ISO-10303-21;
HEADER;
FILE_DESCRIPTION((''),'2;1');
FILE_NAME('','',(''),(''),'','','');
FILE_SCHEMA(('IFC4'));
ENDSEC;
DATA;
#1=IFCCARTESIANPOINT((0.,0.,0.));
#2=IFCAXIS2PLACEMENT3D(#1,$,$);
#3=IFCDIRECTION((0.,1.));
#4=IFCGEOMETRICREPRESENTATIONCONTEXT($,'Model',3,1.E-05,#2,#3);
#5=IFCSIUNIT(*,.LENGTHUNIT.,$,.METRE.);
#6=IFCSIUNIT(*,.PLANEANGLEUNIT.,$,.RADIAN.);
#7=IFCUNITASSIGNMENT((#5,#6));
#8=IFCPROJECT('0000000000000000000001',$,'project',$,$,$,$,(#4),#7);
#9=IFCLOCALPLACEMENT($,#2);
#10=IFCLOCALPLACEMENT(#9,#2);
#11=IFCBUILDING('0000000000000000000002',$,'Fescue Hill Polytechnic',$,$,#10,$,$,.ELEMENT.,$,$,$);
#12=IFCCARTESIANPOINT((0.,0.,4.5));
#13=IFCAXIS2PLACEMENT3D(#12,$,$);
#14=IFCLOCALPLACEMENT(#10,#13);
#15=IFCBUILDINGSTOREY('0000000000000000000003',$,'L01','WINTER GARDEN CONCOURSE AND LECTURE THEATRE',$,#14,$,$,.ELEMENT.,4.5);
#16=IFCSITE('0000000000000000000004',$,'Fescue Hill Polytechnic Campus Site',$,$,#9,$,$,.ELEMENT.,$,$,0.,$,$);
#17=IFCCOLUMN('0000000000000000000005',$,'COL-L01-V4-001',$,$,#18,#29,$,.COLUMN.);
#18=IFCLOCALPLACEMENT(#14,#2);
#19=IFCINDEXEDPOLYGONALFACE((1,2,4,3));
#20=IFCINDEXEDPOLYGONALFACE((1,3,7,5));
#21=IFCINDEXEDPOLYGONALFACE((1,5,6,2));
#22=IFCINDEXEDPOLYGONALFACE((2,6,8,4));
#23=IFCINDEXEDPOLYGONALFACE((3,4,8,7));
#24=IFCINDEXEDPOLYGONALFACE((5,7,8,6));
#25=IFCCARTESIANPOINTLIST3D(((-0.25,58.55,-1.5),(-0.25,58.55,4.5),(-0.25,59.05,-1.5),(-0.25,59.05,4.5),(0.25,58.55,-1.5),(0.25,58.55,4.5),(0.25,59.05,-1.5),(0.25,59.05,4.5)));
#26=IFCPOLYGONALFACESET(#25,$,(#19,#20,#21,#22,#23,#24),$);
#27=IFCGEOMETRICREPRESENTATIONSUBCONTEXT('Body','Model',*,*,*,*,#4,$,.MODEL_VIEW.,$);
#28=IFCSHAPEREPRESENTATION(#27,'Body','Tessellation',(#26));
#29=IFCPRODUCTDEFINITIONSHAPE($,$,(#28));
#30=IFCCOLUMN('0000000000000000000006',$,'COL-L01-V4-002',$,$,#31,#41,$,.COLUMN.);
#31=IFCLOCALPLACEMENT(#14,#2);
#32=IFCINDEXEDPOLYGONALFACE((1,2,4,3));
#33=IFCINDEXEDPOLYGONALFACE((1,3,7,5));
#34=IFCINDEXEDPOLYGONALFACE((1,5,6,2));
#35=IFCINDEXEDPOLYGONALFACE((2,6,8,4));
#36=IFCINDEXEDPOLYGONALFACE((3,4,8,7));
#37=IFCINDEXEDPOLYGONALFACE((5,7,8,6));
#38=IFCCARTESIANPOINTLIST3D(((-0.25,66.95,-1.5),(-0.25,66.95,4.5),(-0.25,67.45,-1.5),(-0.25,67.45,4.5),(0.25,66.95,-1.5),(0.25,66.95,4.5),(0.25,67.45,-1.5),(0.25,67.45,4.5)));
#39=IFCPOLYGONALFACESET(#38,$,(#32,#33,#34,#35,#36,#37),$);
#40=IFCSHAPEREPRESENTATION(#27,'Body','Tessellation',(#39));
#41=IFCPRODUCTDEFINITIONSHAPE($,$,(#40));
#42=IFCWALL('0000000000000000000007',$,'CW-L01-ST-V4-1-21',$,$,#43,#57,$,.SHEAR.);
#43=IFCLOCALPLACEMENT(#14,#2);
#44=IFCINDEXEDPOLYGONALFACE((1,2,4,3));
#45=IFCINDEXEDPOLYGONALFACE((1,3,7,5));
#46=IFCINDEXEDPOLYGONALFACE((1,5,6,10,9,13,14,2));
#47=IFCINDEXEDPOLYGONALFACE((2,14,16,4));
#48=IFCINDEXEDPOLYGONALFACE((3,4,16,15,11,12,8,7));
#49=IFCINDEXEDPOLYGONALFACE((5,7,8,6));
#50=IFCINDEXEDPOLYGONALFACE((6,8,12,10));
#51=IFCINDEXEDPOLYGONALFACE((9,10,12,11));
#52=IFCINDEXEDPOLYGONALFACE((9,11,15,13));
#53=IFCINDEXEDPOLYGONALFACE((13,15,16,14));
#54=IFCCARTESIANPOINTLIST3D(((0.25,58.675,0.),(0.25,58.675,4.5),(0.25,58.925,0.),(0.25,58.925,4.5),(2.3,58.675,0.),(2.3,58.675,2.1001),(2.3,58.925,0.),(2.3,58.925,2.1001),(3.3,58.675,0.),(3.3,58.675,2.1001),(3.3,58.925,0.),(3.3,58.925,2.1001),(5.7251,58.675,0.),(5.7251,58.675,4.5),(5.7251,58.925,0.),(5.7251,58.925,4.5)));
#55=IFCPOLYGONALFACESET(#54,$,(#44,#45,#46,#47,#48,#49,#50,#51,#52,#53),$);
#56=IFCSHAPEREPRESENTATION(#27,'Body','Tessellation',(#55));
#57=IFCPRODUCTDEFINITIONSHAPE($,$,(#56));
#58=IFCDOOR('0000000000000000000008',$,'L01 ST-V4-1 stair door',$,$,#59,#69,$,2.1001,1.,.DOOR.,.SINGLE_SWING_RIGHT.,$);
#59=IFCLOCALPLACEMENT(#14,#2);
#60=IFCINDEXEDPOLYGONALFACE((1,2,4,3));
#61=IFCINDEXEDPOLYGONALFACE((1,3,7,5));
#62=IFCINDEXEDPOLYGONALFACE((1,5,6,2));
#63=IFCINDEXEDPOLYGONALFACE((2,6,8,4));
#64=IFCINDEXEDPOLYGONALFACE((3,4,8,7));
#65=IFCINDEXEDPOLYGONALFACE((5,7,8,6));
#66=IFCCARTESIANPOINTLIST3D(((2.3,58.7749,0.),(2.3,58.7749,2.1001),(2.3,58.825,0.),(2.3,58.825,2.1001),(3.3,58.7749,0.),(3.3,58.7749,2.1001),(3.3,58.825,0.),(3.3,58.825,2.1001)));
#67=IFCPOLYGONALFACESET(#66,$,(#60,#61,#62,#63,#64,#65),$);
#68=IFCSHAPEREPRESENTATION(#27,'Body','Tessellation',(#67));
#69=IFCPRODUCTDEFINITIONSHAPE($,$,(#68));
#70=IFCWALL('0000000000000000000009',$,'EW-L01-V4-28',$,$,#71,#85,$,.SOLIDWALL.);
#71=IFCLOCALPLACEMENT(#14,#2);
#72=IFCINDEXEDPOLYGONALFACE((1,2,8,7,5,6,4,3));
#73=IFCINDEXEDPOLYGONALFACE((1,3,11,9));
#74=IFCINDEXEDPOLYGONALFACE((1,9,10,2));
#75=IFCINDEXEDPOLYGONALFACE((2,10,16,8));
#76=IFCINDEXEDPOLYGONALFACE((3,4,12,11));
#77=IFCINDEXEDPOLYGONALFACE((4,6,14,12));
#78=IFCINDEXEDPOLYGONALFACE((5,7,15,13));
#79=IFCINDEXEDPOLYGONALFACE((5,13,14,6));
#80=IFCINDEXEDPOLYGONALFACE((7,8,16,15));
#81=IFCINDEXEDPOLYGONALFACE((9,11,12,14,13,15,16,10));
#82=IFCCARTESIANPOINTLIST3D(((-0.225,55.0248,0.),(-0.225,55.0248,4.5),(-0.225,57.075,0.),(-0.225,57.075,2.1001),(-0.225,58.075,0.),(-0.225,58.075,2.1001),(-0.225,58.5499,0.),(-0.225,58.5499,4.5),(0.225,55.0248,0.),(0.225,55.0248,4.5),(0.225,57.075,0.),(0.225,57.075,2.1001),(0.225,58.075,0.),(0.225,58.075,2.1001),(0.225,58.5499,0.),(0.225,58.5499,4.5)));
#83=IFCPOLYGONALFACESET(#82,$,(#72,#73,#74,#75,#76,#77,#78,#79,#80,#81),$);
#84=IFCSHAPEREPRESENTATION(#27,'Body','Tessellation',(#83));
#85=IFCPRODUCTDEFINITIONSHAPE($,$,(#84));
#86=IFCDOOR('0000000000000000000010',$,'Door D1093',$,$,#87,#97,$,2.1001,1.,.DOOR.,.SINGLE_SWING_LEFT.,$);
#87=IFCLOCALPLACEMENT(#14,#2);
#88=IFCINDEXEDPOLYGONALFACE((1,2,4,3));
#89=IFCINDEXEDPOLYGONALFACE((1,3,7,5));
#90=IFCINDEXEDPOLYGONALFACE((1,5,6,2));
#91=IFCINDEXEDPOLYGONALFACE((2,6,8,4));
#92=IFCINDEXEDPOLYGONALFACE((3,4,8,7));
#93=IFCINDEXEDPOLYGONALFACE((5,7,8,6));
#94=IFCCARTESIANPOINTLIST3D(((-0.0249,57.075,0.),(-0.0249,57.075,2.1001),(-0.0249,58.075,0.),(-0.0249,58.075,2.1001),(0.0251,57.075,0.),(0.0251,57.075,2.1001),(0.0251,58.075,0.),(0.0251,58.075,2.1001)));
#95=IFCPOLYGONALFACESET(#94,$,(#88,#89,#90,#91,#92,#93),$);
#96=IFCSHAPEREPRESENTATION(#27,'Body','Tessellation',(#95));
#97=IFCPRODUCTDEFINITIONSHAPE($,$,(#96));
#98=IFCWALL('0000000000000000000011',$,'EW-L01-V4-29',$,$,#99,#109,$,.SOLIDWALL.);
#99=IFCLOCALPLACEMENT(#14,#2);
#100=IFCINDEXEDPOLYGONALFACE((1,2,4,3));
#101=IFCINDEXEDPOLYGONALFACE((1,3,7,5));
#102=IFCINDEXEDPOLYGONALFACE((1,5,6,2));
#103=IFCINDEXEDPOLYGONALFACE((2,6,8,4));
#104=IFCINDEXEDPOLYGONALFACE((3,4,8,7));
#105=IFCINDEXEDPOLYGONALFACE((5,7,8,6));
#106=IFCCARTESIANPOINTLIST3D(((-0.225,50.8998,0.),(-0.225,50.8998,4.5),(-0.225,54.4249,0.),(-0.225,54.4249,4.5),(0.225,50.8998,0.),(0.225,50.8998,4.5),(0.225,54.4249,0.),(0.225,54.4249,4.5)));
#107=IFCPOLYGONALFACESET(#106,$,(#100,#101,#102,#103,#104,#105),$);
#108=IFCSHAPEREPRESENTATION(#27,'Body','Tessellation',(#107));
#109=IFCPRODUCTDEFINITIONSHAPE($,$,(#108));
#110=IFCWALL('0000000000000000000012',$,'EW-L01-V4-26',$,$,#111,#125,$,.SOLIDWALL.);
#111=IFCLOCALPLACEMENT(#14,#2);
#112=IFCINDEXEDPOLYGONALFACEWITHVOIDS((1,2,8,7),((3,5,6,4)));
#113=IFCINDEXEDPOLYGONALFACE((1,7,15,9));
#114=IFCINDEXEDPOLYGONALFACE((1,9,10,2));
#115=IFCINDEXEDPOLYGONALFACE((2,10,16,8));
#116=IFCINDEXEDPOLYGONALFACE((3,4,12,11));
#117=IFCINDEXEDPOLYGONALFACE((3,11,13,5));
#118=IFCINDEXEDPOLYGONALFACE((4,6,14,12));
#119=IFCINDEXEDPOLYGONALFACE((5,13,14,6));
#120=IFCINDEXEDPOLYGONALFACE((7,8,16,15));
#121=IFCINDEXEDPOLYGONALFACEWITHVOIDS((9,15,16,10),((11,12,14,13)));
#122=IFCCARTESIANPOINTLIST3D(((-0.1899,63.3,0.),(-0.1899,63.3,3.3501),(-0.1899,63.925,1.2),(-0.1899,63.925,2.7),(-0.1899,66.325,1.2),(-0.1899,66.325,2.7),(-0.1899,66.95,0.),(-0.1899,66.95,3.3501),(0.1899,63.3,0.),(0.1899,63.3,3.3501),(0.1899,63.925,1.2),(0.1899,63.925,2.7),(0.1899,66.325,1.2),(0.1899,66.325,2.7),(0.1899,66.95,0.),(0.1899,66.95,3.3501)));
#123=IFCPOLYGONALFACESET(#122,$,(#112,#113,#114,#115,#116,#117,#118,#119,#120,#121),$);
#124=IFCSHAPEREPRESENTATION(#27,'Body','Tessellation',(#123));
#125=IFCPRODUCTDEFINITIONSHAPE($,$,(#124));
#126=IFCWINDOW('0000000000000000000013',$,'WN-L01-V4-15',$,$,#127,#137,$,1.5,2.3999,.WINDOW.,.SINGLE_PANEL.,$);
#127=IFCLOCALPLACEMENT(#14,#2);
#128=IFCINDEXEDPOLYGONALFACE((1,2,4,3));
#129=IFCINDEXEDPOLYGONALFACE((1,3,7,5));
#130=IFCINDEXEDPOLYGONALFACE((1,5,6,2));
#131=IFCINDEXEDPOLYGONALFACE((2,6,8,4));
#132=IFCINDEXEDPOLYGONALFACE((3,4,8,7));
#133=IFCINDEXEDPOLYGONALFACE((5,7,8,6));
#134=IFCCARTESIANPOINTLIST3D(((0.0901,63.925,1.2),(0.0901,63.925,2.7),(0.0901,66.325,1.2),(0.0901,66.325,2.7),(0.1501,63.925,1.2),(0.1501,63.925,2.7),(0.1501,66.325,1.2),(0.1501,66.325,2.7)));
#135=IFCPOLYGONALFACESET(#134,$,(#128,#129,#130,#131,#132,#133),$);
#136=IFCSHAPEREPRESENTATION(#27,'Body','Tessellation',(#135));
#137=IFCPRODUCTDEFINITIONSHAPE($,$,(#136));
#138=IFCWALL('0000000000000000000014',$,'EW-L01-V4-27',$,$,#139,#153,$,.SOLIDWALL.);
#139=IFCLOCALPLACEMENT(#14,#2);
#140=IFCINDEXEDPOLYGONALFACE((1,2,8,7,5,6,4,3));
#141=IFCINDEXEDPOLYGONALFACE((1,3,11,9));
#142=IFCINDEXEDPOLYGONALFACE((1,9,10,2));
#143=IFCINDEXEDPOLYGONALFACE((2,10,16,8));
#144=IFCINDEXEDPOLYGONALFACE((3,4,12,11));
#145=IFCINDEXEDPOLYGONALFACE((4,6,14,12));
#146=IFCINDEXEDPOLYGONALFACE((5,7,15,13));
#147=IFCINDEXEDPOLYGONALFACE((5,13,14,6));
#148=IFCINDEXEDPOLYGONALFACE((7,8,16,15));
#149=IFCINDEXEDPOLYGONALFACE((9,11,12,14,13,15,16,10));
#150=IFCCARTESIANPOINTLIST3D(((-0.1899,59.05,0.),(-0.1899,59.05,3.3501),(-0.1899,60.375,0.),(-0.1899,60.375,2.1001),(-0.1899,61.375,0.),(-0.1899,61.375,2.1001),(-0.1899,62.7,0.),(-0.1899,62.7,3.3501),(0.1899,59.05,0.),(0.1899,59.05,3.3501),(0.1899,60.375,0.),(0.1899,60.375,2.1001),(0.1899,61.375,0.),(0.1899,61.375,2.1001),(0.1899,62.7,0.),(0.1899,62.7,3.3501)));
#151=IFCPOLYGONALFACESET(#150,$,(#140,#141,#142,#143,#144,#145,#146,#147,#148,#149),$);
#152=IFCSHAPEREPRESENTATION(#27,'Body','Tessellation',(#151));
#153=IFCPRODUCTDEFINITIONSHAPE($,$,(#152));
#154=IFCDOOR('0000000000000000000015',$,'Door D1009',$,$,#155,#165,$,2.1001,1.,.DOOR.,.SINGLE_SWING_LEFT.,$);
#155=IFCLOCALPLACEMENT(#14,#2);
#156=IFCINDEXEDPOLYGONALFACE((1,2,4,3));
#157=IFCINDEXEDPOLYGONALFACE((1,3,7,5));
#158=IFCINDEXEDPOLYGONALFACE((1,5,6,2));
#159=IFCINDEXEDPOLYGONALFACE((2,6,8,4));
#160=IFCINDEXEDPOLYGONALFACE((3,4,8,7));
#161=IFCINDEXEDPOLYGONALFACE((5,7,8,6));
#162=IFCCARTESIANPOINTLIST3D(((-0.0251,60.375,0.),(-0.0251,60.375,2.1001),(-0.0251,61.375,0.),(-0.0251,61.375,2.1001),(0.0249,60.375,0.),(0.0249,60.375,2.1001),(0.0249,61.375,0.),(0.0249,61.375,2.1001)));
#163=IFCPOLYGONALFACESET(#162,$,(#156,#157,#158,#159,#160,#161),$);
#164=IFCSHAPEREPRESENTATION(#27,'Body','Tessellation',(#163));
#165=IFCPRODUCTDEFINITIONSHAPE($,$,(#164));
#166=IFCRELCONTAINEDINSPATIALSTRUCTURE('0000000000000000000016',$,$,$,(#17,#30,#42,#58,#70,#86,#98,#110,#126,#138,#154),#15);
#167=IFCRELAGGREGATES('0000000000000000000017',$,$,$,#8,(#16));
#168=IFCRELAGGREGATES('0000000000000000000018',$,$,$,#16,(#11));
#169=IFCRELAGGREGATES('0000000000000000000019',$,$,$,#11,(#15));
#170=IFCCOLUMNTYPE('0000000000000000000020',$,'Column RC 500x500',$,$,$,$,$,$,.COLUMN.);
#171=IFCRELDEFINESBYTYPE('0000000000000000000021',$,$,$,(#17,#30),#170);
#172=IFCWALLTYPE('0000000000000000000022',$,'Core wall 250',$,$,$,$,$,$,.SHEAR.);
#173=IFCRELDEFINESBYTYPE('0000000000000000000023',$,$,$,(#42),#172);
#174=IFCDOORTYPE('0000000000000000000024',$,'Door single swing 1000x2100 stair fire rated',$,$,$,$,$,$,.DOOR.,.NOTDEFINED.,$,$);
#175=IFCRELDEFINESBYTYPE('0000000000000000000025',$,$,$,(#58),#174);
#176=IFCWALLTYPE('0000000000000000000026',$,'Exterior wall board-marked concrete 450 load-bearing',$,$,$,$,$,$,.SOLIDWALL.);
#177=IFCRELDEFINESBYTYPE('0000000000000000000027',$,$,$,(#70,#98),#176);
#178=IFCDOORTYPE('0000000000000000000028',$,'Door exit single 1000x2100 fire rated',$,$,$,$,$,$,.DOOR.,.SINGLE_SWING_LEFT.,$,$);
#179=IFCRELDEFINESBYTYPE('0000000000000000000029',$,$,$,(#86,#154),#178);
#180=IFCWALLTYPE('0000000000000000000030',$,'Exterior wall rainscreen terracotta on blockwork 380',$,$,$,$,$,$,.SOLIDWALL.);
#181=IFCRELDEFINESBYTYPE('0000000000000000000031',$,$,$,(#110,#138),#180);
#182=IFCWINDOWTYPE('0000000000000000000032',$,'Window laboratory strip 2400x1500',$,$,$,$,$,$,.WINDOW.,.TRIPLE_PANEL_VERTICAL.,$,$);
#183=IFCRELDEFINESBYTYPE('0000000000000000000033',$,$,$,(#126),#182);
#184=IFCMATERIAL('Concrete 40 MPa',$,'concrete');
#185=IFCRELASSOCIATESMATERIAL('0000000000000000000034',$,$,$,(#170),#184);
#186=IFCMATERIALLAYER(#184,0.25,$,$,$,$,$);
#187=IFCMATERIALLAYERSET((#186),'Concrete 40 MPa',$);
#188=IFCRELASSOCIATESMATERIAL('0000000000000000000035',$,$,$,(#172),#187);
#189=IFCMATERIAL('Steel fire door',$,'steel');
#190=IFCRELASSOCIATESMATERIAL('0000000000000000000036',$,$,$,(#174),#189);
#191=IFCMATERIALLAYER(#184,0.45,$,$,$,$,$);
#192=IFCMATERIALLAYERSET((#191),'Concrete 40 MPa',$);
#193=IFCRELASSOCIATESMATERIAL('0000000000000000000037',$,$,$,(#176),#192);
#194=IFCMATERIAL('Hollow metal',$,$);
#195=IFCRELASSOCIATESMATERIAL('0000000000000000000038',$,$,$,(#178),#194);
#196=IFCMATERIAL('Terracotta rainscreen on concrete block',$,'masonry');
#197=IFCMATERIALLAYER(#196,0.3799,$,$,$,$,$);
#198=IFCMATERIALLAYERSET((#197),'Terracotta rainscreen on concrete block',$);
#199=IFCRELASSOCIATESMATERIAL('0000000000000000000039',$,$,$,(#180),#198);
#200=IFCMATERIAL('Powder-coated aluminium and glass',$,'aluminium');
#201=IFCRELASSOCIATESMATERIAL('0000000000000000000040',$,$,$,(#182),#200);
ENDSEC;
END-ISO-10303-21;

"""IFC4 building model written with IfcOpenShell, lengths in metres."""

from ifc_helpers import new_model, si_unit, direction, frame, frame_2d, origin, origin_2d, place, context, subcontext, project, spatial, rectangle, extrude, material, layer, layer_set, material_profile, profile_set, type_object, element, fill, save


model = new_model("IFC4")

# Units and contexts
model_context = context("Model", 3, precision=1e-05, world=origin(), true_north=direction((0.0, 1.0)))
body_context = subcontext(model_context, "Body", "Model", "MODEL_VIEW")
ifc_project = project(units=[si_unit("LENGTHUNIT", "METRE"), si_unit("PLANEANGLEUNIT", "RADIAN")], contexts=[model_context])

# Site, building, storey
site_placement = place(None, origin())
site = spatial("IfcSite", under=ifc_project, at=site_placement, Name="Fescue Hill Polytechnic Campus Site", CompositionType="ELEMENT", RefElevation=0.0)
building_placement = place(site_placement, origin())
building = spatial("IfcBuilding", under=site, at=building_placement, Name="Fescue Hill Polytechnic", CompositionType="ELEMENT")
storey_placement = place(building_placement, frame((0.0, 0.0, 4.5)))
storey = spatial("IfcBuildingStorey", under=building, at=storey_placement, Name="L01", Description="WINTER GARDEN CONCOURSE AND LECTURE THEATRE", CompositionType="ELEMENT", Elevation=4.5)

# Columns
ifc_material_1 = material(Name="Concrete 40 MPa", Category="concrete")
ifc_material_profile = material_profile(ifc_material_1, rectangle(XDim=0.5, YDim=0.5, at=origin_2d()), Name="RC 500x500")
ifc_profile_set = profile_set([ifc_material_profile], Name="Concrete 40 MPa")
column_type = type_object("IfcColumnType", Name="Column RC 500x500", PredefinedType="COLUMN", material=ifc_profile_set)
for number, where, z_axis, x_axis, name in (
    (1, (0.0, 58.8, -1.5), (0.0, 0.0, 1.0), (1.0, 0.0, 0.0), "COL-L01-V4-001"),
    (2, (0.0, 67.2, -1.5), (0.0, 0.0, 1.0), (1.0, 0.0, 0.0), "COL-L01-V4-002"),
):
    element("IfcColumn", number, at=place(storey_placement, frame(where, z_axis=z_axis, x_axis=x_axis)), inside=storey, type_object=column_type, Name=name, PredefinedType="COLUMN", context=body_context, shape_type="SweptSolid", body=[
        extrude(rectangle(XDim=0.5, YDim=0.5, at=origin_2d()), origin(), (0.0, 0.0, 1.0), 6.0),
    ])

# Walls, openings, doors
ifc_layer_1 = layer(ifc_material_1, 0.25)
ifc_layer_set_1 = layer_set([ifc_layer_1], Name="Concrete 40 MPa")
wall_type_1 = type_object("IfcWallType", Name="Core wall 250", PredefinedType="SHEAR", material=ifc_layer_set_1)
wall_1_placement = place(storey_placement, frame((0.25, 58.8, 0.0), z_axis=(0.0, 0.0, 1.0), x_axis=(1.0, 0.0, 0.0)))
wall_1 = element("IfcWall", 3, at=wall_1_placement, inside=storey, type_object=wall_type_1, Name="CW-L01-ST-V4-1-21", PredefinedType="SHEAR", context=body_context, shape_type="SweptSolid", body=[
    extrude(rectangle(XDim=5.4751, YDim=0.25, at=frame_2d((2.7375, 0.0))), origin(), (0.0, 0.0, 1.0), 4.5),
])
opening_1_placement = place(wall_1_placement, frame((2.05, 0.0, 0.0)))
opening_1 = element("IfcOpeningElement", 4, at=opening_1_placement, cuts=wall_1, PredefinedType="OPENING", context=body_context, shape_type="SweptSolid", body=[
    extrude(rectangle(XDim=1.0, YDim=2.1001, at=frame_2d((0.5, 1.05))), frame((0.0, 0.135, 0.0), z_axis=(0.0, -1.0, 0.0), x_axis=(1.0, 0.0, 0.0)), (0.0, 0.0, 1.0), 0.27),
])
ifc_material_2 = material(Name="Steel fire door", Category="steel")
door_type_1 = type_object("IfcDoorType", Name="Door single swing 1000x2100 stair fire rated", OperationType="NOTDEFINED", PredefinedType="DOOR", material=ifc_material_2)
door_1_placement = place(opening_1_placement, origin())
door_1 = element("IfcDoor", 5, at=door_1_placement, inside=storey, type_object=door_type_1, Name="L01 ST-V4-1 stair door", OperationType="SINGLE_SWING_RIGHT", OverallHeight=2.1001, OverallWidth=1.0, PredefinedType="DOOR", context=body_context, shape_type="SweptSolid", body=[
    extrude(rectangle(XDim=1.0, YDim=2.1001, at=frame_2d((0.5, 1.05))), frame((0.0, 0.0249, 0.0), z_axis=(0.0, -1.0, 0.0), x_axis=(1.0, 0.0, 0.0)), (0.0, 0.0, 1.0), 0.05),
])
fill(opening_1, door_1)
ifc_layer_2 = layer(ifc_material_1, 0.45)
ifc_layer_set_2 = layer_set([ifc_layer_2], Name="Concrete 40 MPa")
wall_type_2 = type_object("IfcWallType", Name="Exterior wall board-marked concrete 450 load-bearing", PredefinedType="SOLIDWALL", material=ifc_layer_set_2)
wall_2_placement = place(storey_placement, frame((0.0, 58.55, 0.0), z_axis=(0.0, 0.0, 1.0), x_axis=(0.0, -1.0, 0.0)))
wall_2 = element("IfcWall", 6, at=wall_2_placement, inside=storey, type_object=wall_type_2, Name="EW-L01-V4-28", PredefinedType="SOLIDWALL", context=body_context, shape_type="SweptSolid", body=[
    extrude(rectangle(XDim=3.5251, YDim=0.45, at=frame_2d((1.7627, 0.0))), origin(), (0.0, 0.0, 1.0), 4.5),
])
opening_2_placement = place(wall_2_placement, frame((1.4751, 0.0, 0.0), z_axis=(0.0, 0.0, 1.0), x_axis=(-1.0, 0.0, 0.0)))
opening_2 = element("IfcOpeningElement", 7, at=opening_2_placement, cuts=wall_2, PredefinedType="OPENING", context=body_context, shape_type="SweptSolid", body=[
    extrude(rectangle(XDim=1.0, YDim=2.1001, at=frame_2d((0.5, 1.05))), frame((0.0, 0.2349, 0.0), z_axis=(0.0, -1.0, 0.0), x_axis=(1.0, 0.0, 0.0)), (0.0, 0.0, 1.0), 0.47),
])
ifc_material_3 = material(Name="Hollow metal")
door_type_2 = type_object("IfcDoorType", Name="Door exit single 1000x2100 fire rated", OperationType="SINGLE_SWING_LEFT", PredefinedType="DOOR", material=ifc_material_3)
door_2_placement = place(opening_2_placement, origin())
door_2 = element("IfcDoor", 8, at=door_2_placement, inside=storey, type_object=door_type_2, Name="Door D1093", OperationType="SINGLE_SWING_LEFT", OverallHeight=2.1001, OverallWidth=1.0, PredefinedType="DOOR", context=body_context, shape_type="SweptSolid", body=[
    extrude(rectangle(XDim=1.0, YDim=2.1001, at=frame_2d((0.5, 1.05))), frame((0.0, 0.0249, 0.0), z_axis=(0.0, -1.0, 0.0), x_axis=(1.0, 0.0, 0.0)), (0.0, 0.0, 1.0), 0.05),
])
fill(opening_2, door_2)

# Wall
wall_3_placement = place(storey_placement, frame((0.0, 54.425, 0.0), z_axis=(0.0, 0.0, 1.0), x_axis=(0.0, -1.0, 0.0)))
element("IfcWall", 9, at=wall_3_placement, inside=storey, type_object=wall_type_2, Name="EW-L01-V4-29", PredefinedType="SOLIDWALL", context=body_context, shape_type="SweptSolid", body=[
    extrude(rectangle(XDim=3.5251, YDim=0.45, at=frame_2d((1.7627, 0.0))), origin(), (0.0, 0.0, 1.0), 4.5),
])

# Wall, opening, window
ifc_material_4 = material(Name="Terracotta rainscreen on concrete block", Category="masonry")
ifc_layer_3 = layer(ifc_material_4, 0.3799)
ifc_layer_set_3 = layer_set([ifc_layer_3], Name="Terracotta rainscreen on concrete block")
wall_type_3 = type_object("IfcWallType", Name="Exterior wall rainscreen terracotta on blockwork 380", PredefinedType="SOLIDWALL", material=ifc_layer_set_3)
wall_4_placement = place(storey_placement, frame((0.0, 66.95, 0.0), z_axis=(0.0, 0.0, 1.0), x_axis=(0.0, -1.0, 0.0)))
wall_4 = element("IfcWall", 10, at=wall_4_placement, inside=storey, type_object=wall_type_3, Name="EW-L01-V4-26", PredefinedType="SOLIDWALL", context=body_context, shape_type="SweptSolid", body=[
    extrude(rectangle(XDim=3.6499, YDim=0.3799, at=frame_2d((1.825, 0.0))), origin(), (0.0, 0.0, 1.0), 3.3501),
])
opening_3_placement = place(wall_4_placement, frame((0.625, 0.0, 1.2)))
opening_3 = element("IfcOpeningElement", 11, at=opening_3_placement, cuts=wall_4, PredefinedType="OPENING", context=body_context, shape_type="SweptSolid", body=[
    extrude(rectangle(XDim=2.3999, YDim=1.5, at=frame_2d((1.2, 0.75))), frame((0.0, 0.2, 0.0), z_axis=(0.0, -1.0, 0.0), x_axis=(1.0, 0.0, 0.0)), (0.0, 0.0, 1.0), 0.3999),
])
ifc_material_5 = material(Name="Powder-coated aluminium and glass", Category="aluminium")
window_type = type_object("IfcWindowType", Name="Window laboratory strip 2400x1500", PartitioningType="TRIPLE_PANEL_VERTICAL", PredefinedType="WINDOW", material=ifc_material_5)
window_placement = place(opening_3_placement, origin())
window = element("IfcWindow", 12, at=window_placement, inside=storey, type_object=window_type, Name="WN-L01-V4-15", OverallHeight=1.5, OverallWidth=2.3999, PartitioningType="SINGLE_PANEL", PredefinedType="WINDOW", context=body_context, shape_type="SweptSolid", body=[
    extrude(rectangle(XDim=2.3999, YDim=1.5, at=frame_2d((1.2, 0.75))), frame((0.0, 0.1501, 0.0), z_axis=(0.0, -1.0, 0.0), x_axis=(1.0, 0.0, 0.0)), (0.0, 0.0, 1.0), 0.0601),
])
fill(opening_3, window)

# Wall, opening, door
wall_5_placement = place(storey_placement, frame((0.0, 62.7, 0.0), z_axis=(0.0, 0.0, 1.0), x_axis=(0.0, -1.0, 0.0)))
wall_5 = element("IfcWall", 13, at=wall_5_placement, inside=storey, type_object=wall_type_3, Name="EW-L01-V4-27", PredefinedType="SOLIDWALL", context=body_context, shape_type="SweptSolid", body=[
    extrude(rectangle(XDim=3.6499, YDim=0.3799, at=frame_2d((1.825, 0.0))), origin(), (0.0, 0.0, 1.0), 3.3501),
])
opening_4_placement = place(wall_5_placement, frame((1.325, 0.0, 0.0)))
opening_4 = element("IfcOpeningElement", 14, at=opening_4_placement, cuts=wall_5, PredefinedType="OPENING", context=body_context, shape_type="SweptSolid", body=[
    extrude(rectangle(XDim=1.0, YDim=2.1001, at=frame_2d((0.5, 1.05))), frame((0.0, 0.2, 0.0), z_axis=(0.0, -1.0, 0.0), x_axis=(1.0, 0.0, 0.0)), (0.0, 0.0, 1.0), 0.3999),
])
door_3_placement = place(opening_4_placement, origin())
door_3 = element("IfcDoor", 15, at=door_3_placement, inside=storey, type_object=door_type_2, Name="Door D1009", OperationType="SINGLE_SWING_LEFT", OverallHeight=2.1001, OverallWidth=1.0, PredefinedType="DOOR", context=body_context, shape_type="SweptSolid", body=[
    extrude(rectangle(XDim=1.0, YDim=2.1001, at=frame_2d((0.5, 1.05))), frame((0.0, 0.0249, 0.0), z_axis=(0.0, -1.0, 0.0), x_axis=(1.0, 0.0, 0.0)), (0.0, 0.0, 1.0), 0.05),
])
fill(opening_4, door_3)

save(model, "model.ifc")
